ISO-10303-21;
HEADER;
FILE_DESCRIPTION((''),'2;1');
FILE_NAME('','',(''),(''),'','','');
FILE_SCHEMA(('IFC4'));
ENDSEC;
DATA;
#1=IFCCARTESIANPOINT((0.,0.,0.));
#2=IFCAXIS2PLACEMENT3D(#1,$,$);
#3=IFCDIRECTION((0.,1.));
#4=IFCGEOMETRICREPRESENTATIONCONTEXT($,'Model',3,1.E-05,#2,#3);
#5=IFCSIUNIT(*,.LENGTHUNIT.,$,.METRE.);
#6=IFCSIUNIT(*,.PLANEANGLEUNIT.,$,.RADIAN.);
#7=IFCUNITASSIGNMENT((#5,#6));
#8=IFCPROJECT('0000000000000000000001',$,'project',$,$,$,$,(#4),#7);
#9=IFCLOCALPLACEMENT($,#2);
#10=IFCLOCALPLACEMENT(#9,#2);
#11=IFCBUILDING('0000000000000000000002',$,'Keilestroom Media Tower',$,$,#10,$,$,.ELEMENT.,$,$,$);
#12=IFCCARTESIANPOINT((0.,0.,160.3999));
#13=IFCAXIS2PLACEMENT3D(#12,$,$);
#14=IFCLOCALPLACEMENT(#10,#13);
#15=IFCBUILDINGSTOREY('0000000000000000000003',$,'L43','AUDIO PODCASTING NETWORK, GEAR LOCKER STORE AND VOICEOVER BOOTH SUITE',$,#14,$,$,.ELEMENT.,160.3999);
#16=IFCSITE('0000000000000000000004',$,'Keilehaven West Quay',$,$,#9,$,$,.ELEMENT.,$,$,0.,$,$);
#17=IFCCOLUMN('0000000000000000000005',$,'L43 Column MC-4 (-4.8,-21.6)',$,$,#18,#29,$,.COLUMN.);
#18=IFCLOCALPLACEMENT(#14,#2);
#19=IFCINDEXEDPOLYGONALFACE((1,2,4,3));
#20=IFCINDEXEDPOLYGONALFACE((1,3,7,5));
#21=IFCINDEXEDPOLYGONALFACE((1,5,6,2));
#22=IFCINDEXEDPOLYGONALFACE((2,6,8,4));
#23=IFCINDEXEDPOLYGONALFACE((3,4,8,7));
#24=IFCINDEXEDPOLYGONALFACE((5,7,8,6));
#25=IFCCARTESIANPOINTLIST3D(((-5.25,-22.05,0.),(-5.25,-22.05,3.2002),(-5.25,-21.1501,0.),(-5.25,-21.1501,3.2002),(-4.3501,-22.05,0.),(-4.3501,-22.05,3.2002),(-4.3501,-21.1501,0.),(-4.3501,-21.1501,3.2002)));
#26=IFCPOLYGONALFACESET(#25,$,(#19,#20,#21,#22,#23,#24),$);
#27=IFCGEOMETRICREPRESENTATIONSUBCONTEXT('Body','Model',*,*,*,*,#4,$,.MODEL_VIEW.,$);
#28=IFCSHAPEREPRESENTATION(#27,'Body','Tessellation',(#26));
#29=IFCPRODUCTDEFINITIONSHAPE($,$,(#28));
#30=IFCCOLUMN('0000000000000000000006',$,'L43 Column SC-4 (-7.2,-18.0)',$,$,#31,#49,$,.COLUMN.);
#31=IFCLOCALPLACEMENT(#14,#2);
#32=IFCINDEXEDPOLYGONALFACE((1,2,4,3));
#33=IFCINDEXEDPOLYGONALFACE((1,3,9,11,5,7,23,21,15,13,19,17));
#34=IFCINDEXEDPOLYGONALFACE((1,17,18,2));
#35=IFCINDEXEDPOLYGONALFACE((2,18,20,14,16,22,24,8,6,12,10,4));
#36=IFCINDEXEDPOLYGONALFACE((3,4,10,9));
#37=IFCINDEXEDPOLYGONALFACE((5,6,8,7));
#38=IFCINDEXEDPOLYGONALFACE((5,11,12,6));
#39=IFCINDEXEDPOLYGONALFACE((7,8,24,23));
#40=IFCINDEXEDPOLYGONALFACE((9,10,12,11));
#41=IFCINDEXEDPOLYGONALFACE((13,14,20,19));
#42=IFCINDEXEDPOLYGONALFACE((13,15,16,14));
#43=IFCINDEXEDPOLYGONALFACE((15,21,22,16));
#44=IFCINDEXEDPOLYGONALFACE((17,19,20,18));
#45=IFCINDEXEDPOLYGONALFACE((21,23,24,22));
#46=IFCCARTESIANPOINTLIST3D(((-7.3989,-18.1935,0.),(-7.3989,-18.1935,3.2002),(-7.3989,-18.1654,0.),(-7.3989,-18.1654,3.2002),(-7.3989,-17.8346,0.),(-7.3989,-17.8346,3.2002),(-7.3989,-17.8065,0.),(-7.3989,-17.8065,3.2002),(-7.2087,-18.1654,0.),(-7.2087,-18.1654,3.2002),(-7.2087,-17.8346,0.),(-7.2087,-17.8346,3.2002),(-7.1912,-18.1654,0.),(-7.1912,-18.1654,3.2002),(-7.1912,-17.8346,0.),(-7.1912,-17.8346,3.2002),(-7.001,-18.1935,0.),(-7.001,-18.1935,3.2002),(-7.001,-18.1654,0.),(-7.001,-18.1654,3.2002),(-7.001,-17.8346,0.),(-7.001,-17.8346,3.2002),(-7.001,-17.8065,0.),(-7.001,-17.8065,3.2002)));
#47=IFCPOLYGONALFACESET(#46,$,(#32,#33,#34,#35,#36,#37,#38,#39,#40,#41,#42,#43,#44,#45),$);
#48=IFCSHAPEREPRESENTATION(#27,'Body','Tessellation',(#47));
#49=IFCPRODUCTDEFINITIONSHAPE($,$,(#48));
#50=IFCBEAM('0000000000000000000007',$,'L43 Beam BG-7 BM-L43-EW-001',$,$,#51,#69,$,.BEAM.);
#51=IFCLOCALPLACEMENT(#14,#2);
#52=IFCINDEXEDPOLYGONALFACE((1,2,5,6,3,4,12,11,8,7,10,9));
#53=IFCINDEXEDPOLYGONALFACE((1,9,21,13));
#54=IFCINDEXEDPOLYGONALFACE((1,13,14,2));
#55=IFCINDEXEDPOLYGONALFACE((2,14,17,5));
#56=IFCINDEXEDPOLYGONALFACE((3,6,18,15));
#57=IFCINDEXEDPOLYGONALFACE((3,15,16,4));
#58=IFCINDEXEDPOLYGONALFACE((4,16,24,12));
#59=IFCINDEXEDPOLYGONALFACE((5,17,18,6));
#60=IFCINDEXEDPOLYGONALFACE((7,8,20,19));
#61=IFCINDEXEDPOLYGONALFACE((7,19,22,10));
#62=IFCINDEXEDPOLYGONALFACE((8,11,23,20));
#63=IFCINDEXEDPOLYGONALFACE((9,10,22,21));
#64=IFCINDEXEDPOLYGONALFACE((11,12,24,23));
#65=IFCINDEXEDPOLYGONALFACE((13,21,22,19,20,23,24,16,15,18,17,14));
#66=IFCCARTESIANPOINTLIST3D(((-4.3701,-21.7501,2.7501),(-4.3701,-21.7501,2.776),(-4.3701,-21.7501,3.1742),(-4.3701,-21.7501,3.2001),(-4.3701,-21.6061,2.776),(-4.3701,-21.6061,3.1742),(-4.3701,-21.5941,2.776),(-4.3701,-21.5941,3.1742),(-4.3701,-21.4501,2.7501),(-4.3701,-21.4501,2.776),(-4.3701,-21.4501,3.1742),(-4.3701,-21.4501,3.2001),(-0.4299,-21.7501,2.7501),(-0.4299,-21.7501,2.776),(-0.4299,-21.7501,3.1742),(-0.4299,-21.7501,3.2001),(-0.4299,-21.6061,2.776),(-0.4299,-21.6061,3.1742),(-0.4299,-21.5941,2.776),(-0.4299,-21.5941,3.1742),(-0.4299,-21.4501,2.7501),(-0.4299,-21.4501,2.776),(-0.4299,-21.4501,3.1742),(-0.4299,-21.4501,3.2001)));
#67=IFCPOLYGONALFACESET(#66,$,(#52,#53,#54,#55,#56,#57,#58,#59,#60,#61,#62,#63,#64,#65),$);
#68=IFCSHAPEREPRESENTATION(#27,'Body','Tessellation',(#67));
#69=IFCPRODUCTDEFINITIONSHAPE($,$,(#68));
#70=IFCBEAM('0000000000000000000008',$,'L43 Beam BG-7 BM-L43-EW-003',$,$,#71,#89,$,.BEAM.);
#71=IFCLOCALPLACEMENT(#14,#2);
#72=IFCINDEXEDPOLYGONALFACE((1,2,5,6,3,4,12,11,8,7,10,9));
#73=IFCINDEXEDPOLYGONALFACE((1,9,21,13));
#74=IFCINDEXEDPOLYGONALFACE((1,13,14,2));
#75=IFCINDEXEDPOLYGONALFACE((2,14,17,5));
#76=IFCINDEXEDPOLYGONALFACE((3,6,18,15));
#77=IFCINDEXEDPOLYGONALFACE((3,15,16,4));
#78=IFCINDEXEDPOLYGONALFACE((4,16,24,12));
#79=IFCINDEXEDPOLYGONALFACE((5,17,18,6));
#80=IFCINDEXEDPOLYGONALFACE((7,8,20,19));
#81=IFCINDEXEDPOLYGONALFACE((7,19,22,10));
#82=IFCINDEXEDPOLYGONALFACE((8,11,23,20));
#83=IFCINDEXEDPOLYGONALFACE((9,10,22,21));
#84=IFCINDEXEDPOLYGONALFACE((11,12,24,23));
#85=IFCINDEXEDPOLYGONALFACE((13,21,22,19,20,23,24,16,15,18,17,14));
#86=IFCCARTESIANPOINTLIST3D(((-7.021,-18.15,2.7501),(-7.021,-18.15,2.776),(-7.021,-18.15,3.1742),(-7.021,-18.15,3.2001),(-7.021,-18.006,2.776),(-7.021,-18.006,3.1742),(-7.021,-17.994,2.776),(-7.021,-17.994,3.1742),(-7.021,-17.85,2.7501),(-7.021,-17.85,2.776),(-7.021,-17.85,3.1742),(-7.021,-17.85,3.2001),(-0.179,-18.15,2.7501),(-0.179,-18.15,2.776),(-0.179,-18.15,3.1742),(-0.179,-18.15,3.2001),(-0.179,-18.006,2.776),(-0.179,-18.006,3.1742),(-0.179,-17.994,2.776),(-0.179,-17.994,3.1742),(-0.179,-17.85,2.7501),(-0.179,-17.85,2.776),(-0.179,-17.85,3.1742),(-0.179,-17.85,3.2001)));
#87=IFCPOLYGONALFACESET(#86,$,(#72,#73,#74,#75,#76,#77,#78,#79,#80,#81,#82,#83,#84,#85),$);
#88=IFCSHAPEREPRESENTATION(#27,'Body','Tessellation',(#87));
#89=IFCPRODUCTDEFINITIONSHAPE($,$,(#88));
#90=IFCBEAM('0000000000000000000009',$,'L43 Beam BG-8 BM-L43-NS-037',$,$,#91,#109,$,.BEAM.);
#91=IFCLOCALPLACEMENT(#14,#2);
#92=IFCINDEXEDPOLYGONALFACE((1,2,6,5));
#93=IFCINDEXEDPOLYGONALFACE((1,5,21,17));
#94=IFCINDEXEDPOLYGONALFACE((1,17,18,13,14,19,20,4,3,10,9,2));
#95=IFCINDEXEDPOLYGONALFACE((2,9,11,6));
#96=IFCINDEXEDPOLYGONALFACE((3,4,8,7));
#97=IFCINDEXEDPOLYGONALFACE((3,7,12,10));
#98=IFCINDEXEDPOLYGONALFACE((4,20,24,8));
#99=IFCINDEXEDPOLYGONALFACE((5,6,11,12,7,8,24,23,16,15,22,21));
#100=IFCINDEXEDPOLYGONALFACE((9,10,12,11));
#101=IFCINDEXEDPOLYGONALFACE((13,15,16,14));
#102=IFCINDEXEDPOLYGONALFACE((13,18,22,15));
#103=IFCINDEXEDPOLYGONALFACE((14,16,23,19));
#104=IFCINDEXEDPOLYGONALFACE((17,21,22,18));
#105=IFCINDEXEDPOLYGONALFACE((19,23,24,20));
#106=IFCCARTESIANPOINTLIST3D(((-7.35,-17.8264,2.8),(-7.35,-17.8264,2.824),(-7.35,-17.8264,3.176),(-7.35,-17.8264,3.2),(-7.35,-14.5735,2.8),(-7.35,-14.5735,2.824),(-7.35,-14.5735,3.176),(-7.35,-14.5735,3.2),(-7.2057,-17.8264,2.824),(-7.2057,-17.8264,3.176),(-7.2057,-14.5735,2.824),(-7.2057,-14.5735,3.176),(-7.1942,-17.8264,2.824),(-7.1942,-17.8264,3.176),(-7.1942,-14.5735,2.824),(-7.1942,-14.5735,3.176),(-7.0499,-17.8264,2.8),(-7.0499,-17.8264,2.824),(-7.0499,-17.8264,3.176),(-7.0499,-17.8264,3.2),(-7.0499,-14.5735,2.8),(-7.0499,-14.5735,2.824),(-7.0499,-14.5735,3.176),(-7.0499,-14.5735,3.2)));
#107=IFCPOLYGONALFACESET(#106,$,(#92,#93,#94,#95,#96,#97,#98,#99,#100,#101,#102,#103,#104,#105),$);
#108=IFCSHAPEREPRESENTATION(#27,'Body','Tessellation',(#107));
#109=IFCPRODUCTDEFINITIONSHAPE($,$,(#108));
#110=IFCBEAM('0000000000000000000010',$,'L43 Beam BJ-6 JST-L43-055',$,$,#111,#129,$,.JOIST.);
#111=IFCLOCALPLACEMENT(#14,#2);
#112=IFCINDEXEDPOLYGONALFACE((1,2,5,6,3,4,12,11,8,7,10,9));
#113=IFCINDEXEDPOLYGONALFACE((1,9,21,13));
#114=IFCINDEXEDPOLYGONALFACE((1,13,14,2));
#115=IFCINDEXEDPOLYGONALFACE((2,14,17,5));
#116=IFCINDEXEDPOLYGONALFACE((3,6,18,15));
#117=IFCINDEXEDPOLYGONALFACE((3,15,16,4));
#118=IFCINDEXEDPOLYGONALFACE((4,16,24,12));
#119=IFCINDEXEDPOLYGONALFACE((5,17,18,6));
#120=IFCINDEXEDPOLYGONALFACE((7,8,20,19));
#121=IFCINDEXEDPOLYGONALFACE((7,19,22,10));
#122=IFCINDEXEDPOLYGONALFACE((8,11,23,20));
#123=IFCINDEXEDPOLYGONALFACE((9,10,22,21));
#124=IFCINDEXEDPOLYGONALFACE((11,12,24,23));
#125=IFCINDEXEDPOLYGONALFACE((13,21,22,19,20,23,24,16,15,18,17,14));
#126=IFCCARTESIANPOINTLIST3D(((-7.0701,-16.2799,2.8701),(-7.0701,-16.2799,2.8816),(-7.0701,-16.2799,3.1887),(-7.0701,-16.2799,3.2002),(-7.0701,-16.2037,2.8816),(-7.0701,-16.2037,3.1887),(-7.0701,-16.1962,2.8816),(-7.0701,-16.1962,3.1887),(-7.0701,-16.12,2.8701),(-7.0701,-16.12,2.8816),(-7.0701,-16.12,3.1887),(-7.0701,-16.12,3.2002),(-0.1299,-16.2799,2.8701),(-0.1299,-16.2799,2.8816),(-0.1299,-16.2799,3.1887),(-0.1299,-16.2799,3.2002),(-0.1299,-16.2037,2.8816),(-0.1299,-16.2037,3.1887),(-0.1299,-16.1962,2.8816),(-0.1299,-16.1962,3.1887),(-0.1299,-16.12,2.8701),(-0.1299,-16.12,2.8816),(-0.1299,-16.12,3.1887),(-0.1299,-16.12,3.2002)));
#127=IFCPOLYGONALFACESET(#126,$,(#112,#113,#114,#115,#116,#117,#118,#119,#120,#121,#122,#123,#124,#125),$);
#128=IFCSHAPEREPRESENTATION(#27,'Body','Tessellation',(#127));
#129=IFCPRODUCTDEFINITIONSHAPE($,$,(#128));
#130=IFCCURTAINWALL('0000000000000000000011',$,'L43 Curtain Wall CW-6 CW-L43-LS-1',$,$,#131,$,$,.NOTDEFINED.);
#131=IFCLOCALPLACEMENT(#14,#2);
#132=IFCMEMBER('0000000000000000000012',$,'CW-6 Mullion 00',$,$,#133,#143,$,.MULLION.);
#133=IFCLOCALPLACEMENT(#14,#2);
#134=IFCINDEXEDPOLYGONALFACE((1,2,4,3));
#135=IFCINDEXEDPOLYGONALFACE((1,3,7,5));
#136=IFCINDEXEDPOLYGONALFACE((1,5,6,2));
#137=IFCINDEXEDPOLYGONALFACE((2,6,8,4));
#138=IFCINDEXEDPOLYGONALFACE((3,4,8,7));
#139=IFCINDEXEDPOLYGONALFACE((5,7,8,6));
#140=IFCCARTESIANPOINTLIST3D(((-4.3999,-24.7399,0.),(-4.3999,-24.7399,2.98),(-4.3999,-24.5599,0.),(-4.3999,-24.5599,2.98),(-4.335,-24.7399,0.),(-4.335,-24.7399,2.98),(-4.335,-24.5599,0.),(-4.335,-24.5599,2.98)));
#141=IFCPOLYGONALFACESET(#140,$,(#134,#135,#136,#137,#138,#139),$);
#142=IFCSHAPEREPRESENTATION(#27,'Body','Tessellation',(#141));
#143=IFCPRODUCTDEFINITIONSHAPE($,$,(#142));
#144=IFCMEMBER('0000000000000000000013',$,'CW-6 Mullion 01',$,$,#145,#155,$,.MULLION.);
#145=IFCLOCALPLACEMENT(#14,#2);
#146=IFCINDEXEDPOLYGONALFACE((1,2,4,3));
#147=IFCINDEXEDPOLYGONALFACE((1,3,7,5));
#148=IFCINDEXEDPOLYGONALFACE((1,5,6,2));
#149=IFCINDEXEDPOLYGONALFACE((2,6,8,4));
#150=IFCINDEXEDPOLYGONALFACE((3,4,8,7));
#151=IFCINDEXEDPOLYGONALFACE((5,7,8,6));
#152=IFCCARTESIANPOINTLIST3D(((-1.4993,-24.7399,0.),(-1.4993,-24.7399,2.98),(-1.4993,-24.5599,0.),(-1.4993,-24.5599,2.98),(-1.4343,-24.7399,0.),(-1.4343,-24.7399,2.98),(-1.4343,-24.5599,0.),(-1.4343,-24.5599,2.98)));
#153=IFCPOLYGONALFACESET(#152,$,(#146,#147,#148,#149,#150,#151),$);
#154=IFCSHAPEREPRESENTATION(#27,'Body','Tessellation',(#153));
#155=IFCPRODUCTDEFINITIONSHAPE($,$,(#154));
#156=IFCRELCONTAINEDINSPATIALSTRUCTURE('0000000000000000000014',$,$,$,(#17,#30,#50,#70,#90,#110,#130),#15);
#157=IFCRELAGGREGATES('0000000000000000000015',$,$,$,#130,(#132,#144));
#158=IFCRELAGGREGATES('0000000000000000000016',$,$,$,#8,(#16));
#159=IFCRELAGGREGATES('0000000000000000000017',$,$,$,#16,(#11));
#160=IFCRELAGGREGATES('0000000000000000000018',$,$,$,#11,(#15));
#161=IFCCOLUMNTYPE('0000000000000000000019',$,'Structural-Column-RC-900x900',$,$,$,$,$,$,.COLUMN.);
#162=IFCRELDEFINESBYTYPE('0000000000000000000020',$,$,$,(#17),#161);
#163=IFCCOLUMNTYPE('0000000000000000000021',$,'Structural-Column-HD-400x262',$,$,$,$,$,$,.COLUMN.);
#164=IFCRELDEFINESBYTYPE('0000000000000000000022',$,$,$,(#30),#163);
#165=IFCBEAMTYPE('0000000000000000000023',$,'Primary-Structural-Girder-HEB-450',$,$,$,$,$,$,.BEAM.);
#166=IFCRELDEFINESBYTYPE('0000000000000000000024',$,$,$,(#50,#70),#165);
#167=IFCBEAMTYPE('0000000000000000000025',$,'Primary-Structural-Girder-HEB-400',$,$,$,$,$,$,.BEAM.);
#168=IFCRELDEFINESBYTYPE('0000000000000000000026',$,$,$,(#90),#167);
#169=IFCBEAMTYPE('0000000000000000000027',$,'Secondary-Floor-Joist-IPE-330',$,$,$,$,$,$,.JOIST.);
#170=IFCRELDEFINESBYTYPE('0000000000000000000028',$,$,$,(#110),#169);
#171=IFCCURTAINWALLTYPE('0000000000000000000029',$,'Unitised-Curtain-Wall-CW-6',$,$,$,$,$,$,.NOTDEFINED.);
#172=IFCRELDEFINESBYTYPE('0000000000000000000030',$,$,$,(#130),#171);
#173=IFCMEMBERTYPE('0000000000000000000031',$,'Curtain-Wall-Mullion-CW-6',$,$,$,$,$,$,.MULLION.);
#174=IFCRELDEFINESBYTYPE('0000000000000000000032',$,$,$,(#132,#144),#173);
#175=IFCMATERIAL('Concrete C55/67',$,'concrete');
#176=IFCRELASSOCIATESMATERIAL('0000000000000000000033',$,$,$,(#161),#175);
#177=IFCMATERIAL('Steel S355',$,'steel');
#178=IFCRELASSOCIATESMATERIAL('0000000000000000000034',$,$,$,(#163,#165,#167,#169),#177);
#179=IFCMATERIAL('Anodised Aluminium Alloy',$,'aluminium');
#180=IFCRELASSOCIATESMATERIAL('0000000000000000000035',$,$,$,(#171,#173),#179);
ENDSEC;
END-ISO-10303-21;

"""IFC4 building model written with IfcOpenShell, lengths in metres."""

from ifc_helpers import new_model, si_unit, direction, frame, origin, origin_2d, place, context, subcontext, project, spatial, rectangle, i_section, extrude, source, transform, mapped, material, material_profile, profile_set, type_object, element, aggregate, save


model = new_model("IFC4")

# Units and contexts
model_context = context("Model", 3, precision=1e-05, world=origin(), true_north=direction((0.0, 1.0)))
body_context = subcontext(model_context, "Body", "Model", "MODEL_VIEW")
ifc_project = project(units=[si_unit("LENGTHUNIT", "METRE"), si_unit("PLANEANGLEUNIT", "RADIAN")], contexts=[model_context])

# Site, building, storey
site_placement = place(None, origin())
site = spatial("IfcSite", under=ifc_project, at=site_placement, Name="Keilehaven West Quay", CompositionType="ELEMENT", RefElevation=0.0)
building_placement = place(site_placement, origin())
building = spatial("IfcBuilding", under=site, at=building_placement, Name="Keilestroom Media Tower", CompositionType="ELEMENT")
storey_placement = place(building_placement, frame((0.0, 0.0, 160.3999)))
storey = spatial("IfcBuildingStorey", under=building, at=storey_placement, Name="L43", Description="AUDIO PODCASTING NETWORK, GEAR LOCKER STORE AND VOICEOVER BOOTH SUITE", CompositionType="ELEMENT", Elevation=160.3999)

# Columns
ifc_material_1 = material(Name="Concrete C55/67", Category="concrete")
ifc_material_profile_1 = material_profile(ifc_material_1, rectangle(XDim=0.8999, YDim=0.8999, at=origin_2d()), Name="RC 900x900")
ifc_profile_set_1 = profile_set([ifc_material_profile_1], Name="Concrete C55/67")
column_type_1 = type_object("IfcColumnType", Name="Structural-Column-RC-900x900", PredefinedType="COLUMN", material=ifc_profile_set_1)
shared_shape_1 = source(origin(), body_context, "Body", "SweptSolid", [
    extrude(rectangle(XDim=0.8999, YDim=0.8999, at=origin_2d()), origin(), (0.0, 0.0, 1.0), 3.2002),
])
column_1_placement = place(storey_placement, frame((-4.8, -21.6001, 0.0), z_axis=(0.0, 0.0, 1.0), x_axis=(1.0, 0.0, 0.0)))
element("IfcColumn", 1, at=column_1_placement, inside=storey, type_object=column_type_1, Name="L43 Column MC-4 (-4.8,-21.6)", PredefinedType="COLUMN", context=body_context, shape_type="MappedRepresentation", body=[
    mapped(shared_shape_1, transform((0.0, 0.0, 0.0), x_axis=(1.0, 0.0, 0.0), y_axis=(0.0, 1.0, 0.0), z_axis=(0.0, 0.0, 1.0), scale=1.0)),
])
ifc_material_2 = material(Name="Steel S355", Category="steel")
ifc_material_profile_2 = material_profile(ifc_material_2, i_section(OverallWidth=0.3979, OverallDepth=0.387, WebThickness=0.0176, FlangeThickness=0.0281, at=origin_2d()), Name="HD 400x262")
ifc_profile_set_2 = profile_set([ifc_material_profile_2], Name="Steel S355")
column_type_2 = type_object("IfcColumnType", Name="Structural-Column-HD-400x262", PredefinedType="COLUMN", material=ifc_profile_set_2)
shared_shape_2 = source(origin(), body_context, "Body", "SweptSolid", [
    extrude(i_section(OverallWidth=0.3979, OverallDepth=0.387, WebThickness=0.0176, FlangeThickness=0.0281, at=origin_2d()), origin(), (0.0, 0.0, 1.0), 3.2002),
])
column_2_placement = place(storey_placement, frame((-7.2, -18.0, 0.0), z_axis=(0.0, 0.0, 1.0), x_axis=(1.0, 0.0, 0.0)))
element("IfcColumn", 2, at=column_2_placement, inside=storey, type_object=column_type_2, Name="L43 Column SC-4 (-7.2,-18.0)", PredefinedType="COLUMN", context=body_context, shape_type="MappedRepresentation", body=[
    mapped(shared_shape_2, transform((0.0, 0.0, 0.0), x_axis=(1.0, 0.0, 0.0), y_axis=(0.0, 1.0, 0.0), z_axis=(0.0, 0.0, 1.0), scale=1.0)),
])

# Beams
ifc_material_profile_3 = material_profile(ifc_material_2, i_section(OverallWidth=0.3, OverallDepth=0.45, WebThickness=0.012, FlangeThickness=0.0259, at=origin_2d()), Name="HEB 450")
ifc_profile_set_3 = profile_set([ifc_material_profile_3], Name="Steel S355")
beam_type_1 = type_object("IfcBeamType", Name="Primary-Structural-Girder-HEB-450", PredefinedType="BEAM", material=ifc_profile_set_3)
shared_shape_3 = source(origin(), body_context, "Body", "SweptSolid", [
    extrude(i_section(OverallWidth=0.3, OverallDepth=0.45, WebThickness=0.012, FlangeThickness=0.0259, at=origin_2d()), origin(), (0.0, 0.0, 1.0), 3.9402),
])
beam_1_placement = place(storey_placement, frame((-4.3701, -21.6001, 2.9751), z_axis=(1.0, 0.0, 0.0), x_axis=(0.0, 1.0, 0.0)))
element("IfcBeam", 3, at=beam_1_placement, inside=storey, type_object=beam_type_1, Name="L43 Beam BG-7 BM-L43-EW-001", PredefinedType="BEAM", context=body_context, shape_type="MappedRepresentation", body=[
    mapped(shared_shape_3, transform((0.0, 0.0, 0.0), x_axis=(1.0, 0.0, 0.0), y_axis=(0.0, 1.0, 0.0), z_axis=(0.0, 0.0, 1.0), scale=1.0)),
])
shared_shape_4 = source(origin(), body_context, "Body", "SweptSolid", [
    extrude(i_section(OverallWidth=0.3, OverallDepth=0.45, WebThickness=0.012, FlangeThickness=0.0259, at=origin_2d()), origin(), (0.0, 0.0, 1.0), 6.842),
])
beam_2_placement = place(storey_placement, frame((-7.021, -18.0, 2.9751), z_axis=(1.0, 0.0, 0.0), x_axis=(0.0, 1.0, 0.0)))
element("IfcBeam", 4, at=beam_2_placement, inside=storey, type_object=beam_type_1, Name="L43 Beam BG-7 BM-L43-EW-003", PredefinedType="BEAM", context=body_context, shape_type="MappedRepresentation", body=[
    mapped(shared_shape_4, transform((0.0, 0.0, 0.0), x_axis=(1.0, 0.0, 0.0), y_axis=(0.0, 1.0, 0.0), z_axis=(0.0, 0.0, 1.0), scale=1.0)),
])
ifc_material_profile_4 = material_profile(ifc_material_2, i_section(OverallWidth=0.3, OverallDepth=0.3999, WebThickness=0.0115, FlangeThickness=0.0239, at=origin_2d()), Name="HEB 400")
ifc_profile_set_4 = profile_set([ifc_material_profile_4], Name="Steel S355")
beam_type_2 = type_object("IfcBeamType", Name="Primary-Structural-Girder-HEB-400", PredefinedType="BEAM", material=ifc_profile_set_4)
shared_shape_5 = source(origin(), body_context, "Body", "SweptSolid", [
    extrude(i_section(OverallWidth=0.3, OverallDepth=0.3999, WebThickness=0.0115, FlangeThickness=0.0239, at=origin_2d()), origin(), (0.0, 0.0, 1.0), 3.2529),
])
beam_3_placement = place(storey_placement, frame((-7.2, -17.8264, 3.0), z_axis=(0.0, 1.0, 0.0), x_axis=(-1.0, 0.0, 0.0)))
element("IfcBeam", 5, at=beam_3_placement, inside=storey, type_object=beam_type_2, Name="L43 Beam BG-8 BM-L43-NS-037", PredefinedType="BEAM", context=body_context, shape_type="MappedRepresentation", body=[
    mapped(shared_shape_5, transform((0.0, 0.0, 0.0), x_axis=(1.0, 0.0, 0.0), y_axis=(0.0, 1.0, 0.0), z_axis=(0.0, 0.0, 1.0), scale=1.0)),
])
ifc_material_profile_5 = material_profile(ifc_material_2, i_section(OverallWidth=0.1599, OverallDepth=0.3301, WebThickness=0.0076, FlangeThickness=0.0115, at=origin_2d()), Name="IPE 330")
ifc_profile_set_5 = profile_set([ifc_material_profile_5], Name="Steel S355")
beam_type_3 = type_object("IfcBeamType", Name="Secondary-Floor-Joist-IPE-330", PredefinedType="JOIST", material=ifc_profile_set_5)
shared_shape_6 = source(origin(), body_context, "Body", "SweptSolid", [
    extrude(i_section(OverallWidth=0.1599, OverallDepth=0.3301, WebThickness=0.0076, FlangeThickness=0.0115, at=origin_2d()), origin(), (0.0, 0.0, 1.0), 6.9402),
])
beam_4_placement = place(storey_placement, frame((-7.0701, -16.2, 3.0352), z_axis=(1.0, 0.0, 0.0), x_axis=(0.0, 1.0, 0.0)))
element("IfcBeam", 6, at=beam_4_placement, inside=storey, type_object=beam_type_3, Name="L43 Beam BJ-6 JST-L43-055", PredefinedType="JOIST", context=body_context, shape_type="MappedRepresentation", body=[
    mapped(shared_shape_6, transform((0.0, 0.0, 0.0), x_axis=(1.0, 0.0, 0.0), y_axis=(0.0, 1.0, 0.0), z_axis=(0.0, 0.0, 1.0), scale=1.0)),
])

# Curtain wall, members
ifc_material_3 = material(Name="Anodised Aluminium Alloy", Category="aluminium")
curtain_wall_type = type_object("IfcCurtainWallType", Name="Unitised-Curtain-Wall-CW-6", PredefinedType="NOTDEFINED", material=ifc_material_3)
curtain_wall_placement = place(storey_placement, origin())
curtain_wall = element("IfcCurtainWall", 7, at=curtain_wall_placement, inside=storey, type_object=curtain_wall_type, Name="L43 Curtain Wall CW-6 CW-L43-LS-1", PredefinedType="NOTDEFINED")
ifc_material_profile_6 = material_profile(ifc_material_3, rectangle(XDim=0.0649, YDim=0.1799, at=origin_2d()), Name="ALU MULLION 65x180")
ifc_profile_set_6 = profile_set([ifc_material_profile_6], Name="Anodised Aluminium Alloy")
member_type_1 = type_object("IfcMemberType", Name="Curtain-Wall-Mullion-CW-6", PredefinedType="MULLION", material=ifc_profile_set_6)
shared_shape_7 = source(origin(), body_context, "Body", "SweptSolid", [
    extrude(rectangle(XDim=0.0649, YDim=0.1799, at=origin_2d()), origin(), (0.0, 0.0, 1.0), 2.98),
])
member_1_placement = place(storey_placement, frame((-4.3674, -24.6499, 0.0), z_axis=(0.0, 0.0, 1.0), x_axis=(1.0, 0.0, 0.0)))
member_1 = element("IfcMember", 8, at=member_1_placement, type_object=member_type_1, Name="CW-6 Mullion 00", PredefinedType="MULLION", context=body_context, shape_type="MappedRepresentation", body=[
    mapped(shared_shape_7, transform((0.0, 0.0, 0.0), x_axis=(1.0, 0.0, 0.0), y_axis=(0.0, 1.0, 0.0), z_axis=(0.0, 0.0, 1.0), scale=1.0)),
])
member_2_placement = place(storey_placement, frame((-1.4668, -24.6499, 0.0), z_axis=(0.0, 0.0, 1.0), x_axis=(1.0, 0.0, 0.0)))
member_2 = element("IfcMember", 9, at=member_2_placement, type_object=member_type_1, Name="CW-6 Mullion 01", PredefinedType="MULLION", context=body_context, shape_type="MappedRepresentation", body=[
    mapped(shared_shape_7, transform((0.0, 0.0, 0.0), x_axis=(1.0, 0.0, 0.0), y_axis=(0.0, 1.0, 0.0), z_axis=(0.0, 0.0, 1.0), scale=1.0)),
])
aggregate(curtain_wall, [member_1, member_2])

save(model, "model.ifc")
